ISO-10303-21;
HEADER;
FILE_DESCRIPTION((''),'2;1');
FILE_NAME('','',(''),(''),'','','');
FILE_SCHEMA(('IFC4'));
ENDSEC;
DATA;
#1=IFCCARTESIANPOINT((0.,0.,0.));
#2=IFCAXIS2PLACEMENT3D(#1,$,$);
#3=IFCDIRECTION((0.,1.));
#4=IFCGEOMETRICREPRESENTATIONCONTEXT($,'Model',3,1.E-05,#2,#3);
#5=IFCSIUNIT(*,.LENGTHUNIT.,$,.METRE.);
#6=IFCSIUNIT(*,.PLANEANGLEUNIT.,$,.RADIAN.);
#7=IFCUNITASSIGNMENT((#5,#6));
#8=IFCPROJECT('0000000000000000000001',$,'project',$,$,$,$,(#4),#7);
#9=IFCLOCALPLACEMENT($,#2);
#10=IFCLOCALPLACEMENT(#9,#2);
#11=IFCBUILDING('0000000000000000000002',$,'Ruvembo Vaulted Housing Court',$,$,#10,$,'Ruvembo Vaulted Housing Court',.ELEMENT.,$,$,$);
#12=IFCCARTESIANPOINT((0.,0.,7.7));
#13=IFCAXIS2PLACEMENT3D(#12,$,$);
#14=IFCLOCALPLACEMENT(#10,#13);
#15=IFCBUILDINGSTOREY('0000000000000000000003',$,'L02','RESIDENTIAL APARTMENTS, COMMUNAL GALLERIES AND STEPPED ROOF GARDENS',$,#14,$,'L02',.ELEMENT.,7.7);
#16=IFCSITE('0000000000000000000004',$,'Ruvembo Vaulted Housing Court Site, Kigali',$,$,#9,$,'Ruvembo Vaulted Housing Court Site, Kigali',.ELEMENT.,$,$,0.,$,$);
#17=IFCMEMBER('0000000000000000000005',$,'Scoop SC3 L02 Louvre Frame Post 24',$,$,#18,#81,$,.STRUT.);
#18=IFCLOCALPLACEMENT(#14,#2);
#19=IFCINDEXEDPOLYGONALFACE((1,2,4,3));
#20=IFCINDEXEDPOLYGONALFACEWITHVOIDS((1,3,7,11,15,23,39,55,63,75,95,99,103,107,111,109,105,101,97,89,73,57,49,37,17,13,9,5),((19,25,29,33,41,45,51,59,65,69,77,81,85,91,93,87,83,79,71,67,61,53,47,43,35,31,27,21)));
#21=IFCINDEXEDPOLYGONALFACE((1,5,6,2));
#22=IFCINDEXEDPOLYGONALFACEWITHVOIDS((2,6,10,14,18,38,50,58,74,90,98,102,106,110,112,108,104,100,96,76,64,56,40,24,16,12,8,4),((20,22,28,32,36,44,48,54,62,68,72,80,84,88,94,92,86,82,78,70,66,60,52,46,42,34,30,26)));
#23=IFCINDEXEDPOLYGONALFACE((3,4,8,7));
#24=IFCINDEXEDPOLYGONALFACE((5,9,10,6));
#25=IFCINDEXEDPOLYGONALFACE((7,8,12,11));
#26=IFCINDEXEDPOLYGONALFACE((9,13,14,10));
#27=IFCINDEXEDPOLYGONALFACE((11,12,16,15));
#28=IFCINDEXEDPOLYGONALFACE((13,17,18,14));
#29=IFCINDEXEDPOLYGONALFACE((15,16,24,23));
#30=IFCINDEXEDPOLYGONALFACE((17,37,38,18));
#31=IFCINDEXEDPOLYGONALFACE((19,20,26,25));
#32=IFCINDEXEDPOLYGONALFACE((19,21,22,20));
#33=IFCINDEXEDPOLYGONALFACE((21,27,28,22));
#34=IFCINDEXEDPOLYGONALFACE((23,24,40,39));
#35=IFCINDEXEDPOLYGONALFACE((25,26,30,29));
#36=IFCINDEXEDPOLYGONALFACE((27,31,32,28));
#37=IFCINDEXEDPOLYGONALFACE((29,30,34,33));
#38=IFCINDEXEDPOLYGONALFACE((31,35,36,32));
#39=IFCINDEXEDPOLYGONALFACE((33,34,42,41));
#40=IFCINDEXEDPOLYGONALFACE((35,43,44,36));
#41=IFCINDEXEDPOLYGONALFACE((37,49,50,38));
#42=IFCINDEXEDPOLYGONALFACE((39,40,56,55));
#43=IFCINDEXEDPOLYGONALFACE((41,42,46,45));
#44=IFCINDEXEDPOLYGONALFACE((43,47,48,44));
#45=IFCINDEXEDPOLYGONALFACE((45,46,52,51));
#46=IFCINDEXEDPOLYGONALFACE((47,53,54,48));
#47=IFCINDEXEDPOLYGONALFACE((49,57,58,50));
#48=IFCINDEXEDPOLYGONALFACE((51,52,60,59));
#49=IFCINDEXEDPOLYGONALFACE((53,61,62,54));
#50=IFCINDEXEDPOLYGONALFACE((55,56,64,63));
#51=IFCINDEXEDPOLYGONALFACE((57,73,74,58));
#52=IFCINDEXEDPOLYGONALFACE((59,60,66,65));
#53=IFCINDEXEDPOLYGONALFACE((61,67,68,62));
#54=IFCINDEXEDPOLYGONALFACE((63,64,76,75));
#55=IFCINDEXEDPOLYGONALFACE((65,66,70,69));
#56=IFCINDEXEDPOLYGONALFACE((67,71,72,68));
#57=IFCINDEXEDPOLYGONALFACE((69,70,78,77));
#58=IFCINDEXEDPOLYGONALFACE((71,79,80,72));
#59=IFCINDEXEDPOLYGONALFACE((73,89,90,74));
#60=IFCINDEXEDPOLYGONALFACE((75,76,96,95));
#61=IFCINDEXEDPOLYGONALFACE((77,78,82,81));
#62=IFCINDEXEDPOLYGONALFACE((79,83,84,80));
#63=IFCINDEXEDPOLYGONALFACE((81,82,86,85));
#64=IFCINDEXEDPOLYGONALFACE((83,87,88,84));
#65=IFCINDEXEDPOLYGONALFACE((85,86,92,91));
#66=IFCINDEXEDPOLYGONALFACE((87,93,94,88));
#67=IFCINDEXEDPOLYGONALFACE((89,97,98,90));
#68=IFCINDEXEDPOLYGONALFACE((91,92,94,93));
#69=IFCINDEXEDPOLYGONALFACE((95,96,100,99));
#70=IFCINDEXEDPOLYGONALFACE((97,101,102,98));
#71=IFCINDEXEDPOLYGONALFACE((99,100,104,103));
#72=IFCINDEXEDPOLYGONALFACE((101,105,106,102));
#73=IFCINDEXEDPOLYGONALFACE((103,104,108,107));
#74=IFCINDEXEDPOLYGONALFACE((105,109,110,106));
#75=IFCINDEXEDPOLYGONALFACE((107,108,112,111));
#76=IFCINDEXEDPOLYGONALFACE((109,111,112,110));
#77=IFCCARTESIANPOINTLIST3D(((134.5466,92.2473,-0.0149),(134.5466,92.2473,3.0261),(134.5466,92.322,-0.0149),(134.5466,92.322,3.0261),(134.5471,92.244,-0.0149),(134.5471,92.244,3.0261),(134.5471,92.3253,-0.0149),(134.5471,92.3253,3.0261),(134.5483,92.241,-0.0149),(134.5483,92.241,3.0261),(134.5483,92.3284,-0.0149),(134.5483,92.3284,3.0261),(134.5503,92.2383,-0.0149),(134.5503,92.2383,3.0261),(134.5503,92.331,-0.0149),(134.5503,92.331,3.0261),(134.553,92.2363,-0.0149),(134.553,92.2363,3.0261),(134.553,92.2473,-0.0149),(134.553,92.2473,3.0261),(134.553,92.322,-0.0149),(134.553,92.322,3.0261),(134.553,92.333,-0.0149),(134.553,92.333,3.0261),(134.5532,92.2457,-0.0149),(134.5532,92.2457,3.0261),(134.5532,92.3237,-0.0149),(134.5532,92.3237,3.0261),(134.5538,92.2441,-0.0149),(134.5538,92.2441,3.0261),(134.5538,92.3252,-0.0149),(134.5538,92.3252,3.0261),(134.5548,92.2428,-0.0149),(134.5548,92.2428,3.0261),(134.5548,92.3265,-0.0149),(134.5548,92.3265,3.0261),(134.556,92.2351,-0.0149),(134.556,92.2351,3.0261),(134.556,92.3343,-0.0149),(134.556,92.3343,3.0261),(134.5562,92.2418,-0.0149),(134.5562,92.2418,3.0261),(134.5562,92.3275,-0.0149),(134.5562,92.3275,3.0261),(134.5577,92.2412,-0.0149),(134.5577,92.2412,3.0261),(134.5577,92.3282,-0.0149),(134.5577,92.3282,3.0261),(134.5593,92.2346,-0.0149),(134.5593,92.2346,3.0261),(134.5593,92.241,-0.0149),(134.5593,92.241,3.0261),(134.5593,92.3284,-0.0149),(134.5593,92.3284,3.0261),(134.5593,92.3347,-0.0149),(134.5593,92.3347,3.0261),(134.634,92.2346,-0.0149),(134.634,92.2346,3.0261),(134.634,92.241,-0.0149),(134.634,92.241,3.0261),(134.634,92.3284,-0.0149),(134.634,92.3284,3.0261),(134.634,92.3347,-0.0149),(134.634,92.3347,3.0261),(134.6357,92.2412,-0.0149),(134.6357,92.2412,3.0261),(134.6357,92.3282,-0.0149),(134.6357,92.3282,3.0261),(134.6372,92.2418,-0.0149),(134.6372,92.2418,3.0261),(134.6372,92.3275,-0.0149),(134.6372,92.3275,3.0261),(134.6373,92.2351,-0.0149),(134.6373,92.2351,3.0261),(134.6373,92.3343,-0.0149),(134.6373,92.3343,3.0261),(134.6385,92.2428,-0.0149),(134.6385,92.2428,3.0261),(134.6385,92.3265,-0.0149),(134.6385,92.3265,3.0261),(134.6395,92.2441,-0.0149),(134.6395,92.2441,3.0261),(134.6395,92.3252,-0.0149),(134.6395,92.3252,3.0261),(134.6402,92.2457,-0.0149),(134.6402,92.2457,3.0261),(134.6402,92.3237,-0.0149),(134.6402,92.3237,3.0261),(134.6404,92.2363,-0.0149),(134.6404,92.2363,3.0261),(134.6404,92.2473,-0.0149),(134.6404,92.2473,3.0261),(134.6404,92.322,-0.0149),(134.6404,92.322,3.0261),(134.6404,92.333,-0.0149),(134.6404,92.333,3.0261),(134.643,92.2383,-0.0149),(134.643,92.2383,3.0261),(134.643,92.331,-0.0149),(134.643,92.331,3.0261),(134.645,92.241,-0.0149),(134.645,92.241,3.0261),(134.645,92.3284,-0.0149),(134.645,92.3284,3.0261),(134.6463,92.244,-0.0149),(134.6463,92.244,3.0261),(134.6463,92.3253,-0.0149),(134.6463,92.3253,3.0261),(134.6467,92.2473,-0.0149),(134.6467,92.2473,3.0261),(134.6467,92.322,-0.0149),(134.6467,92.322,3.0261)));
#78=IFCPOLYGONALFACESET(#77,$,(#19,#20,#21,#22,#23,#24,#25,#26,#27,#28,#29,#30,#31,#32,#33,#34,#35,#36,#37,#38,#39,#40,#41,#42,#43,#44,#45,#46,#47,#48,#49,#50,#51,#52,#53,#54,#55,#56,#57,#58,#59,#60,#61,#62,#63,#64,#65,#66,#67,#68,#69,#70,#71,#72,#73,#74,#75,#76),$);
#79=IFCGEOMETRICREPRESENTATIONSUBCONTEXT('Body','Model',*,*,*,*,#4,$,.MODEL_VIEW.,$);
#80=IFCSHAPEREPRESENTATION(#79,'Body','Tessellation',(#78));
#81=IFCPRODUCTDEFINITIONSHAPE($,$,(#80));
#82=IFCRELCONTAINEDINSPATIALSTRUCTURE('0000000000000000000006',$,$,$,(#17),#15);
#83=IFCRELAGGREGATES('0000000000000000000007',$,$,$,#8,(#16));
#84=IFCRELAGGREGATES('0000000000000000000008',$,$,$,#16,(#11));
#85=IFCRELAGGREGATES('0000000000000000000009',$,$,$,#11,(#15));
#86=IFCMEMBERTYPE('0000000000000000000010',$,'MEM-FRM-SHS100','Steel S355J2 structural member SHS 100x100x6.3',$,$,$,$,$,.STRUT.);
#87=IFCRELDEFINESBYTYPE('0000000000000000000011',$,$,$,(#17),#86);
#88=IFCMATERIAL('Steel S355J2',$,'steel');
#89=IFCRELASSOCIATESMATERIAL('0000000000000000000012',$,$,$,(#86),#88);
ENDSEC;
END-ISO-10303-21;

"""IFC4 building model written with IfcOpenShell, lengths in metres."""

from ifc_helpers import new_model, si_unit, direction, frame, origin, origin_2d, place, context, subcontext, project, spatial, hollow_rectangle, extrude, material, material_profile, profile_set, type_object, element, save


model = new_model("IFC4")

# Units and contexts
model_context = context("Model", 3, precision=1e-05, world=origin(), true_north=direction((0.0, 1.0)))
body_context = subcontext(model_context, "Body", "Model", "MODEL_VIEW")
ifc_project = project(units=[si_unit("LENGTHUNIT", "METRE"), si_unit("PLANEANGLEUNIT", "RADIAN")], contexts=[model_context])

# Site, building, storey
site_placement = place(None, origin())
site = spatial("IfcSite", under=ifc_project, at=site_placement, Name="Ruvembo Vaulted Housing Court Site, Kigali", LongName="Ruvembo Vaulted Housing Court Site, Kigali", CompositionType="ELEMENT", RefElevation=0.0)
building_placement = place(site_placement, origin())
building = spatial("IfcBuilding", under=site, at=building_placement, Name="Ruvembo Vaulted Housing Court", LongName="Ruvembo Vaulted Housing Court", CompositionType="ELEMENT")
storey_placement = place(building_placement, frame((0.0, 0.0, 7.7)))
storey = spatial("IfcBuildingStorey", under=building, at=storey_placement, Name="L02", Description="RESIDENTIAL APARTMENTS, COMMUNAL GALLERIES AND STEPPED ROOF GARDENS", LongName="L02", CompositionType="ELEMENT", Elevation=7.7)

# Shared definitions
ifc_material_1 = material(Name="Steel S355J2", Category="steel")

# Member
ifc_material_profile_1 = material_profile(ifc_material_1, hollow_rectangle(XDim=0.1001, YDim=0.1001, WallThickness=0.0063, InnerFilletRadius=0.0063, OuterFilletRadius=0.0127, at=origin_2d()), Name="SHS 100x100x6.3")
ifc_profile_set_1 = profile_set([ifc_material_profile_1], Name="Steel S355J2")
member_type_1 = type_object("IfcMemberType", Name="MEM-FRM-SHS100", Description="Steel S355J2 structural member SHS 100x100x6.3", PredefinedType="STRUT", material=ifc_profile_set_1)
for number, where, z_axis, x_axis, name in (
    (1, (134.5967, 92.2847, -0.0149), (0.0, 0.0, 1.0), (1.0, 0.0, 0.0), "Scoop SC3 L02 Louvre Frame Post 24"),
):
    element("IfcMember", number, at=place(storey_placement, frame(where, z_axis=z_axis, x_axis=x_axis)), inside=storey, type_object=member_type_1, Name=name, PredefinedType="STRUT", context=body_context, shape_type="SweptSolid", body=[
        extrude(hollow_rectangle(XDim=0.1001, YDim=0.1001, WallThickness=0.0063, InnerFilletRadius=0.0063, OuterFilletRadius=0.0127, at=origin_2d()), origin(), (0.0, 0.0, 1.0), 3.041),
    ])

save(model, "model.ifc")
